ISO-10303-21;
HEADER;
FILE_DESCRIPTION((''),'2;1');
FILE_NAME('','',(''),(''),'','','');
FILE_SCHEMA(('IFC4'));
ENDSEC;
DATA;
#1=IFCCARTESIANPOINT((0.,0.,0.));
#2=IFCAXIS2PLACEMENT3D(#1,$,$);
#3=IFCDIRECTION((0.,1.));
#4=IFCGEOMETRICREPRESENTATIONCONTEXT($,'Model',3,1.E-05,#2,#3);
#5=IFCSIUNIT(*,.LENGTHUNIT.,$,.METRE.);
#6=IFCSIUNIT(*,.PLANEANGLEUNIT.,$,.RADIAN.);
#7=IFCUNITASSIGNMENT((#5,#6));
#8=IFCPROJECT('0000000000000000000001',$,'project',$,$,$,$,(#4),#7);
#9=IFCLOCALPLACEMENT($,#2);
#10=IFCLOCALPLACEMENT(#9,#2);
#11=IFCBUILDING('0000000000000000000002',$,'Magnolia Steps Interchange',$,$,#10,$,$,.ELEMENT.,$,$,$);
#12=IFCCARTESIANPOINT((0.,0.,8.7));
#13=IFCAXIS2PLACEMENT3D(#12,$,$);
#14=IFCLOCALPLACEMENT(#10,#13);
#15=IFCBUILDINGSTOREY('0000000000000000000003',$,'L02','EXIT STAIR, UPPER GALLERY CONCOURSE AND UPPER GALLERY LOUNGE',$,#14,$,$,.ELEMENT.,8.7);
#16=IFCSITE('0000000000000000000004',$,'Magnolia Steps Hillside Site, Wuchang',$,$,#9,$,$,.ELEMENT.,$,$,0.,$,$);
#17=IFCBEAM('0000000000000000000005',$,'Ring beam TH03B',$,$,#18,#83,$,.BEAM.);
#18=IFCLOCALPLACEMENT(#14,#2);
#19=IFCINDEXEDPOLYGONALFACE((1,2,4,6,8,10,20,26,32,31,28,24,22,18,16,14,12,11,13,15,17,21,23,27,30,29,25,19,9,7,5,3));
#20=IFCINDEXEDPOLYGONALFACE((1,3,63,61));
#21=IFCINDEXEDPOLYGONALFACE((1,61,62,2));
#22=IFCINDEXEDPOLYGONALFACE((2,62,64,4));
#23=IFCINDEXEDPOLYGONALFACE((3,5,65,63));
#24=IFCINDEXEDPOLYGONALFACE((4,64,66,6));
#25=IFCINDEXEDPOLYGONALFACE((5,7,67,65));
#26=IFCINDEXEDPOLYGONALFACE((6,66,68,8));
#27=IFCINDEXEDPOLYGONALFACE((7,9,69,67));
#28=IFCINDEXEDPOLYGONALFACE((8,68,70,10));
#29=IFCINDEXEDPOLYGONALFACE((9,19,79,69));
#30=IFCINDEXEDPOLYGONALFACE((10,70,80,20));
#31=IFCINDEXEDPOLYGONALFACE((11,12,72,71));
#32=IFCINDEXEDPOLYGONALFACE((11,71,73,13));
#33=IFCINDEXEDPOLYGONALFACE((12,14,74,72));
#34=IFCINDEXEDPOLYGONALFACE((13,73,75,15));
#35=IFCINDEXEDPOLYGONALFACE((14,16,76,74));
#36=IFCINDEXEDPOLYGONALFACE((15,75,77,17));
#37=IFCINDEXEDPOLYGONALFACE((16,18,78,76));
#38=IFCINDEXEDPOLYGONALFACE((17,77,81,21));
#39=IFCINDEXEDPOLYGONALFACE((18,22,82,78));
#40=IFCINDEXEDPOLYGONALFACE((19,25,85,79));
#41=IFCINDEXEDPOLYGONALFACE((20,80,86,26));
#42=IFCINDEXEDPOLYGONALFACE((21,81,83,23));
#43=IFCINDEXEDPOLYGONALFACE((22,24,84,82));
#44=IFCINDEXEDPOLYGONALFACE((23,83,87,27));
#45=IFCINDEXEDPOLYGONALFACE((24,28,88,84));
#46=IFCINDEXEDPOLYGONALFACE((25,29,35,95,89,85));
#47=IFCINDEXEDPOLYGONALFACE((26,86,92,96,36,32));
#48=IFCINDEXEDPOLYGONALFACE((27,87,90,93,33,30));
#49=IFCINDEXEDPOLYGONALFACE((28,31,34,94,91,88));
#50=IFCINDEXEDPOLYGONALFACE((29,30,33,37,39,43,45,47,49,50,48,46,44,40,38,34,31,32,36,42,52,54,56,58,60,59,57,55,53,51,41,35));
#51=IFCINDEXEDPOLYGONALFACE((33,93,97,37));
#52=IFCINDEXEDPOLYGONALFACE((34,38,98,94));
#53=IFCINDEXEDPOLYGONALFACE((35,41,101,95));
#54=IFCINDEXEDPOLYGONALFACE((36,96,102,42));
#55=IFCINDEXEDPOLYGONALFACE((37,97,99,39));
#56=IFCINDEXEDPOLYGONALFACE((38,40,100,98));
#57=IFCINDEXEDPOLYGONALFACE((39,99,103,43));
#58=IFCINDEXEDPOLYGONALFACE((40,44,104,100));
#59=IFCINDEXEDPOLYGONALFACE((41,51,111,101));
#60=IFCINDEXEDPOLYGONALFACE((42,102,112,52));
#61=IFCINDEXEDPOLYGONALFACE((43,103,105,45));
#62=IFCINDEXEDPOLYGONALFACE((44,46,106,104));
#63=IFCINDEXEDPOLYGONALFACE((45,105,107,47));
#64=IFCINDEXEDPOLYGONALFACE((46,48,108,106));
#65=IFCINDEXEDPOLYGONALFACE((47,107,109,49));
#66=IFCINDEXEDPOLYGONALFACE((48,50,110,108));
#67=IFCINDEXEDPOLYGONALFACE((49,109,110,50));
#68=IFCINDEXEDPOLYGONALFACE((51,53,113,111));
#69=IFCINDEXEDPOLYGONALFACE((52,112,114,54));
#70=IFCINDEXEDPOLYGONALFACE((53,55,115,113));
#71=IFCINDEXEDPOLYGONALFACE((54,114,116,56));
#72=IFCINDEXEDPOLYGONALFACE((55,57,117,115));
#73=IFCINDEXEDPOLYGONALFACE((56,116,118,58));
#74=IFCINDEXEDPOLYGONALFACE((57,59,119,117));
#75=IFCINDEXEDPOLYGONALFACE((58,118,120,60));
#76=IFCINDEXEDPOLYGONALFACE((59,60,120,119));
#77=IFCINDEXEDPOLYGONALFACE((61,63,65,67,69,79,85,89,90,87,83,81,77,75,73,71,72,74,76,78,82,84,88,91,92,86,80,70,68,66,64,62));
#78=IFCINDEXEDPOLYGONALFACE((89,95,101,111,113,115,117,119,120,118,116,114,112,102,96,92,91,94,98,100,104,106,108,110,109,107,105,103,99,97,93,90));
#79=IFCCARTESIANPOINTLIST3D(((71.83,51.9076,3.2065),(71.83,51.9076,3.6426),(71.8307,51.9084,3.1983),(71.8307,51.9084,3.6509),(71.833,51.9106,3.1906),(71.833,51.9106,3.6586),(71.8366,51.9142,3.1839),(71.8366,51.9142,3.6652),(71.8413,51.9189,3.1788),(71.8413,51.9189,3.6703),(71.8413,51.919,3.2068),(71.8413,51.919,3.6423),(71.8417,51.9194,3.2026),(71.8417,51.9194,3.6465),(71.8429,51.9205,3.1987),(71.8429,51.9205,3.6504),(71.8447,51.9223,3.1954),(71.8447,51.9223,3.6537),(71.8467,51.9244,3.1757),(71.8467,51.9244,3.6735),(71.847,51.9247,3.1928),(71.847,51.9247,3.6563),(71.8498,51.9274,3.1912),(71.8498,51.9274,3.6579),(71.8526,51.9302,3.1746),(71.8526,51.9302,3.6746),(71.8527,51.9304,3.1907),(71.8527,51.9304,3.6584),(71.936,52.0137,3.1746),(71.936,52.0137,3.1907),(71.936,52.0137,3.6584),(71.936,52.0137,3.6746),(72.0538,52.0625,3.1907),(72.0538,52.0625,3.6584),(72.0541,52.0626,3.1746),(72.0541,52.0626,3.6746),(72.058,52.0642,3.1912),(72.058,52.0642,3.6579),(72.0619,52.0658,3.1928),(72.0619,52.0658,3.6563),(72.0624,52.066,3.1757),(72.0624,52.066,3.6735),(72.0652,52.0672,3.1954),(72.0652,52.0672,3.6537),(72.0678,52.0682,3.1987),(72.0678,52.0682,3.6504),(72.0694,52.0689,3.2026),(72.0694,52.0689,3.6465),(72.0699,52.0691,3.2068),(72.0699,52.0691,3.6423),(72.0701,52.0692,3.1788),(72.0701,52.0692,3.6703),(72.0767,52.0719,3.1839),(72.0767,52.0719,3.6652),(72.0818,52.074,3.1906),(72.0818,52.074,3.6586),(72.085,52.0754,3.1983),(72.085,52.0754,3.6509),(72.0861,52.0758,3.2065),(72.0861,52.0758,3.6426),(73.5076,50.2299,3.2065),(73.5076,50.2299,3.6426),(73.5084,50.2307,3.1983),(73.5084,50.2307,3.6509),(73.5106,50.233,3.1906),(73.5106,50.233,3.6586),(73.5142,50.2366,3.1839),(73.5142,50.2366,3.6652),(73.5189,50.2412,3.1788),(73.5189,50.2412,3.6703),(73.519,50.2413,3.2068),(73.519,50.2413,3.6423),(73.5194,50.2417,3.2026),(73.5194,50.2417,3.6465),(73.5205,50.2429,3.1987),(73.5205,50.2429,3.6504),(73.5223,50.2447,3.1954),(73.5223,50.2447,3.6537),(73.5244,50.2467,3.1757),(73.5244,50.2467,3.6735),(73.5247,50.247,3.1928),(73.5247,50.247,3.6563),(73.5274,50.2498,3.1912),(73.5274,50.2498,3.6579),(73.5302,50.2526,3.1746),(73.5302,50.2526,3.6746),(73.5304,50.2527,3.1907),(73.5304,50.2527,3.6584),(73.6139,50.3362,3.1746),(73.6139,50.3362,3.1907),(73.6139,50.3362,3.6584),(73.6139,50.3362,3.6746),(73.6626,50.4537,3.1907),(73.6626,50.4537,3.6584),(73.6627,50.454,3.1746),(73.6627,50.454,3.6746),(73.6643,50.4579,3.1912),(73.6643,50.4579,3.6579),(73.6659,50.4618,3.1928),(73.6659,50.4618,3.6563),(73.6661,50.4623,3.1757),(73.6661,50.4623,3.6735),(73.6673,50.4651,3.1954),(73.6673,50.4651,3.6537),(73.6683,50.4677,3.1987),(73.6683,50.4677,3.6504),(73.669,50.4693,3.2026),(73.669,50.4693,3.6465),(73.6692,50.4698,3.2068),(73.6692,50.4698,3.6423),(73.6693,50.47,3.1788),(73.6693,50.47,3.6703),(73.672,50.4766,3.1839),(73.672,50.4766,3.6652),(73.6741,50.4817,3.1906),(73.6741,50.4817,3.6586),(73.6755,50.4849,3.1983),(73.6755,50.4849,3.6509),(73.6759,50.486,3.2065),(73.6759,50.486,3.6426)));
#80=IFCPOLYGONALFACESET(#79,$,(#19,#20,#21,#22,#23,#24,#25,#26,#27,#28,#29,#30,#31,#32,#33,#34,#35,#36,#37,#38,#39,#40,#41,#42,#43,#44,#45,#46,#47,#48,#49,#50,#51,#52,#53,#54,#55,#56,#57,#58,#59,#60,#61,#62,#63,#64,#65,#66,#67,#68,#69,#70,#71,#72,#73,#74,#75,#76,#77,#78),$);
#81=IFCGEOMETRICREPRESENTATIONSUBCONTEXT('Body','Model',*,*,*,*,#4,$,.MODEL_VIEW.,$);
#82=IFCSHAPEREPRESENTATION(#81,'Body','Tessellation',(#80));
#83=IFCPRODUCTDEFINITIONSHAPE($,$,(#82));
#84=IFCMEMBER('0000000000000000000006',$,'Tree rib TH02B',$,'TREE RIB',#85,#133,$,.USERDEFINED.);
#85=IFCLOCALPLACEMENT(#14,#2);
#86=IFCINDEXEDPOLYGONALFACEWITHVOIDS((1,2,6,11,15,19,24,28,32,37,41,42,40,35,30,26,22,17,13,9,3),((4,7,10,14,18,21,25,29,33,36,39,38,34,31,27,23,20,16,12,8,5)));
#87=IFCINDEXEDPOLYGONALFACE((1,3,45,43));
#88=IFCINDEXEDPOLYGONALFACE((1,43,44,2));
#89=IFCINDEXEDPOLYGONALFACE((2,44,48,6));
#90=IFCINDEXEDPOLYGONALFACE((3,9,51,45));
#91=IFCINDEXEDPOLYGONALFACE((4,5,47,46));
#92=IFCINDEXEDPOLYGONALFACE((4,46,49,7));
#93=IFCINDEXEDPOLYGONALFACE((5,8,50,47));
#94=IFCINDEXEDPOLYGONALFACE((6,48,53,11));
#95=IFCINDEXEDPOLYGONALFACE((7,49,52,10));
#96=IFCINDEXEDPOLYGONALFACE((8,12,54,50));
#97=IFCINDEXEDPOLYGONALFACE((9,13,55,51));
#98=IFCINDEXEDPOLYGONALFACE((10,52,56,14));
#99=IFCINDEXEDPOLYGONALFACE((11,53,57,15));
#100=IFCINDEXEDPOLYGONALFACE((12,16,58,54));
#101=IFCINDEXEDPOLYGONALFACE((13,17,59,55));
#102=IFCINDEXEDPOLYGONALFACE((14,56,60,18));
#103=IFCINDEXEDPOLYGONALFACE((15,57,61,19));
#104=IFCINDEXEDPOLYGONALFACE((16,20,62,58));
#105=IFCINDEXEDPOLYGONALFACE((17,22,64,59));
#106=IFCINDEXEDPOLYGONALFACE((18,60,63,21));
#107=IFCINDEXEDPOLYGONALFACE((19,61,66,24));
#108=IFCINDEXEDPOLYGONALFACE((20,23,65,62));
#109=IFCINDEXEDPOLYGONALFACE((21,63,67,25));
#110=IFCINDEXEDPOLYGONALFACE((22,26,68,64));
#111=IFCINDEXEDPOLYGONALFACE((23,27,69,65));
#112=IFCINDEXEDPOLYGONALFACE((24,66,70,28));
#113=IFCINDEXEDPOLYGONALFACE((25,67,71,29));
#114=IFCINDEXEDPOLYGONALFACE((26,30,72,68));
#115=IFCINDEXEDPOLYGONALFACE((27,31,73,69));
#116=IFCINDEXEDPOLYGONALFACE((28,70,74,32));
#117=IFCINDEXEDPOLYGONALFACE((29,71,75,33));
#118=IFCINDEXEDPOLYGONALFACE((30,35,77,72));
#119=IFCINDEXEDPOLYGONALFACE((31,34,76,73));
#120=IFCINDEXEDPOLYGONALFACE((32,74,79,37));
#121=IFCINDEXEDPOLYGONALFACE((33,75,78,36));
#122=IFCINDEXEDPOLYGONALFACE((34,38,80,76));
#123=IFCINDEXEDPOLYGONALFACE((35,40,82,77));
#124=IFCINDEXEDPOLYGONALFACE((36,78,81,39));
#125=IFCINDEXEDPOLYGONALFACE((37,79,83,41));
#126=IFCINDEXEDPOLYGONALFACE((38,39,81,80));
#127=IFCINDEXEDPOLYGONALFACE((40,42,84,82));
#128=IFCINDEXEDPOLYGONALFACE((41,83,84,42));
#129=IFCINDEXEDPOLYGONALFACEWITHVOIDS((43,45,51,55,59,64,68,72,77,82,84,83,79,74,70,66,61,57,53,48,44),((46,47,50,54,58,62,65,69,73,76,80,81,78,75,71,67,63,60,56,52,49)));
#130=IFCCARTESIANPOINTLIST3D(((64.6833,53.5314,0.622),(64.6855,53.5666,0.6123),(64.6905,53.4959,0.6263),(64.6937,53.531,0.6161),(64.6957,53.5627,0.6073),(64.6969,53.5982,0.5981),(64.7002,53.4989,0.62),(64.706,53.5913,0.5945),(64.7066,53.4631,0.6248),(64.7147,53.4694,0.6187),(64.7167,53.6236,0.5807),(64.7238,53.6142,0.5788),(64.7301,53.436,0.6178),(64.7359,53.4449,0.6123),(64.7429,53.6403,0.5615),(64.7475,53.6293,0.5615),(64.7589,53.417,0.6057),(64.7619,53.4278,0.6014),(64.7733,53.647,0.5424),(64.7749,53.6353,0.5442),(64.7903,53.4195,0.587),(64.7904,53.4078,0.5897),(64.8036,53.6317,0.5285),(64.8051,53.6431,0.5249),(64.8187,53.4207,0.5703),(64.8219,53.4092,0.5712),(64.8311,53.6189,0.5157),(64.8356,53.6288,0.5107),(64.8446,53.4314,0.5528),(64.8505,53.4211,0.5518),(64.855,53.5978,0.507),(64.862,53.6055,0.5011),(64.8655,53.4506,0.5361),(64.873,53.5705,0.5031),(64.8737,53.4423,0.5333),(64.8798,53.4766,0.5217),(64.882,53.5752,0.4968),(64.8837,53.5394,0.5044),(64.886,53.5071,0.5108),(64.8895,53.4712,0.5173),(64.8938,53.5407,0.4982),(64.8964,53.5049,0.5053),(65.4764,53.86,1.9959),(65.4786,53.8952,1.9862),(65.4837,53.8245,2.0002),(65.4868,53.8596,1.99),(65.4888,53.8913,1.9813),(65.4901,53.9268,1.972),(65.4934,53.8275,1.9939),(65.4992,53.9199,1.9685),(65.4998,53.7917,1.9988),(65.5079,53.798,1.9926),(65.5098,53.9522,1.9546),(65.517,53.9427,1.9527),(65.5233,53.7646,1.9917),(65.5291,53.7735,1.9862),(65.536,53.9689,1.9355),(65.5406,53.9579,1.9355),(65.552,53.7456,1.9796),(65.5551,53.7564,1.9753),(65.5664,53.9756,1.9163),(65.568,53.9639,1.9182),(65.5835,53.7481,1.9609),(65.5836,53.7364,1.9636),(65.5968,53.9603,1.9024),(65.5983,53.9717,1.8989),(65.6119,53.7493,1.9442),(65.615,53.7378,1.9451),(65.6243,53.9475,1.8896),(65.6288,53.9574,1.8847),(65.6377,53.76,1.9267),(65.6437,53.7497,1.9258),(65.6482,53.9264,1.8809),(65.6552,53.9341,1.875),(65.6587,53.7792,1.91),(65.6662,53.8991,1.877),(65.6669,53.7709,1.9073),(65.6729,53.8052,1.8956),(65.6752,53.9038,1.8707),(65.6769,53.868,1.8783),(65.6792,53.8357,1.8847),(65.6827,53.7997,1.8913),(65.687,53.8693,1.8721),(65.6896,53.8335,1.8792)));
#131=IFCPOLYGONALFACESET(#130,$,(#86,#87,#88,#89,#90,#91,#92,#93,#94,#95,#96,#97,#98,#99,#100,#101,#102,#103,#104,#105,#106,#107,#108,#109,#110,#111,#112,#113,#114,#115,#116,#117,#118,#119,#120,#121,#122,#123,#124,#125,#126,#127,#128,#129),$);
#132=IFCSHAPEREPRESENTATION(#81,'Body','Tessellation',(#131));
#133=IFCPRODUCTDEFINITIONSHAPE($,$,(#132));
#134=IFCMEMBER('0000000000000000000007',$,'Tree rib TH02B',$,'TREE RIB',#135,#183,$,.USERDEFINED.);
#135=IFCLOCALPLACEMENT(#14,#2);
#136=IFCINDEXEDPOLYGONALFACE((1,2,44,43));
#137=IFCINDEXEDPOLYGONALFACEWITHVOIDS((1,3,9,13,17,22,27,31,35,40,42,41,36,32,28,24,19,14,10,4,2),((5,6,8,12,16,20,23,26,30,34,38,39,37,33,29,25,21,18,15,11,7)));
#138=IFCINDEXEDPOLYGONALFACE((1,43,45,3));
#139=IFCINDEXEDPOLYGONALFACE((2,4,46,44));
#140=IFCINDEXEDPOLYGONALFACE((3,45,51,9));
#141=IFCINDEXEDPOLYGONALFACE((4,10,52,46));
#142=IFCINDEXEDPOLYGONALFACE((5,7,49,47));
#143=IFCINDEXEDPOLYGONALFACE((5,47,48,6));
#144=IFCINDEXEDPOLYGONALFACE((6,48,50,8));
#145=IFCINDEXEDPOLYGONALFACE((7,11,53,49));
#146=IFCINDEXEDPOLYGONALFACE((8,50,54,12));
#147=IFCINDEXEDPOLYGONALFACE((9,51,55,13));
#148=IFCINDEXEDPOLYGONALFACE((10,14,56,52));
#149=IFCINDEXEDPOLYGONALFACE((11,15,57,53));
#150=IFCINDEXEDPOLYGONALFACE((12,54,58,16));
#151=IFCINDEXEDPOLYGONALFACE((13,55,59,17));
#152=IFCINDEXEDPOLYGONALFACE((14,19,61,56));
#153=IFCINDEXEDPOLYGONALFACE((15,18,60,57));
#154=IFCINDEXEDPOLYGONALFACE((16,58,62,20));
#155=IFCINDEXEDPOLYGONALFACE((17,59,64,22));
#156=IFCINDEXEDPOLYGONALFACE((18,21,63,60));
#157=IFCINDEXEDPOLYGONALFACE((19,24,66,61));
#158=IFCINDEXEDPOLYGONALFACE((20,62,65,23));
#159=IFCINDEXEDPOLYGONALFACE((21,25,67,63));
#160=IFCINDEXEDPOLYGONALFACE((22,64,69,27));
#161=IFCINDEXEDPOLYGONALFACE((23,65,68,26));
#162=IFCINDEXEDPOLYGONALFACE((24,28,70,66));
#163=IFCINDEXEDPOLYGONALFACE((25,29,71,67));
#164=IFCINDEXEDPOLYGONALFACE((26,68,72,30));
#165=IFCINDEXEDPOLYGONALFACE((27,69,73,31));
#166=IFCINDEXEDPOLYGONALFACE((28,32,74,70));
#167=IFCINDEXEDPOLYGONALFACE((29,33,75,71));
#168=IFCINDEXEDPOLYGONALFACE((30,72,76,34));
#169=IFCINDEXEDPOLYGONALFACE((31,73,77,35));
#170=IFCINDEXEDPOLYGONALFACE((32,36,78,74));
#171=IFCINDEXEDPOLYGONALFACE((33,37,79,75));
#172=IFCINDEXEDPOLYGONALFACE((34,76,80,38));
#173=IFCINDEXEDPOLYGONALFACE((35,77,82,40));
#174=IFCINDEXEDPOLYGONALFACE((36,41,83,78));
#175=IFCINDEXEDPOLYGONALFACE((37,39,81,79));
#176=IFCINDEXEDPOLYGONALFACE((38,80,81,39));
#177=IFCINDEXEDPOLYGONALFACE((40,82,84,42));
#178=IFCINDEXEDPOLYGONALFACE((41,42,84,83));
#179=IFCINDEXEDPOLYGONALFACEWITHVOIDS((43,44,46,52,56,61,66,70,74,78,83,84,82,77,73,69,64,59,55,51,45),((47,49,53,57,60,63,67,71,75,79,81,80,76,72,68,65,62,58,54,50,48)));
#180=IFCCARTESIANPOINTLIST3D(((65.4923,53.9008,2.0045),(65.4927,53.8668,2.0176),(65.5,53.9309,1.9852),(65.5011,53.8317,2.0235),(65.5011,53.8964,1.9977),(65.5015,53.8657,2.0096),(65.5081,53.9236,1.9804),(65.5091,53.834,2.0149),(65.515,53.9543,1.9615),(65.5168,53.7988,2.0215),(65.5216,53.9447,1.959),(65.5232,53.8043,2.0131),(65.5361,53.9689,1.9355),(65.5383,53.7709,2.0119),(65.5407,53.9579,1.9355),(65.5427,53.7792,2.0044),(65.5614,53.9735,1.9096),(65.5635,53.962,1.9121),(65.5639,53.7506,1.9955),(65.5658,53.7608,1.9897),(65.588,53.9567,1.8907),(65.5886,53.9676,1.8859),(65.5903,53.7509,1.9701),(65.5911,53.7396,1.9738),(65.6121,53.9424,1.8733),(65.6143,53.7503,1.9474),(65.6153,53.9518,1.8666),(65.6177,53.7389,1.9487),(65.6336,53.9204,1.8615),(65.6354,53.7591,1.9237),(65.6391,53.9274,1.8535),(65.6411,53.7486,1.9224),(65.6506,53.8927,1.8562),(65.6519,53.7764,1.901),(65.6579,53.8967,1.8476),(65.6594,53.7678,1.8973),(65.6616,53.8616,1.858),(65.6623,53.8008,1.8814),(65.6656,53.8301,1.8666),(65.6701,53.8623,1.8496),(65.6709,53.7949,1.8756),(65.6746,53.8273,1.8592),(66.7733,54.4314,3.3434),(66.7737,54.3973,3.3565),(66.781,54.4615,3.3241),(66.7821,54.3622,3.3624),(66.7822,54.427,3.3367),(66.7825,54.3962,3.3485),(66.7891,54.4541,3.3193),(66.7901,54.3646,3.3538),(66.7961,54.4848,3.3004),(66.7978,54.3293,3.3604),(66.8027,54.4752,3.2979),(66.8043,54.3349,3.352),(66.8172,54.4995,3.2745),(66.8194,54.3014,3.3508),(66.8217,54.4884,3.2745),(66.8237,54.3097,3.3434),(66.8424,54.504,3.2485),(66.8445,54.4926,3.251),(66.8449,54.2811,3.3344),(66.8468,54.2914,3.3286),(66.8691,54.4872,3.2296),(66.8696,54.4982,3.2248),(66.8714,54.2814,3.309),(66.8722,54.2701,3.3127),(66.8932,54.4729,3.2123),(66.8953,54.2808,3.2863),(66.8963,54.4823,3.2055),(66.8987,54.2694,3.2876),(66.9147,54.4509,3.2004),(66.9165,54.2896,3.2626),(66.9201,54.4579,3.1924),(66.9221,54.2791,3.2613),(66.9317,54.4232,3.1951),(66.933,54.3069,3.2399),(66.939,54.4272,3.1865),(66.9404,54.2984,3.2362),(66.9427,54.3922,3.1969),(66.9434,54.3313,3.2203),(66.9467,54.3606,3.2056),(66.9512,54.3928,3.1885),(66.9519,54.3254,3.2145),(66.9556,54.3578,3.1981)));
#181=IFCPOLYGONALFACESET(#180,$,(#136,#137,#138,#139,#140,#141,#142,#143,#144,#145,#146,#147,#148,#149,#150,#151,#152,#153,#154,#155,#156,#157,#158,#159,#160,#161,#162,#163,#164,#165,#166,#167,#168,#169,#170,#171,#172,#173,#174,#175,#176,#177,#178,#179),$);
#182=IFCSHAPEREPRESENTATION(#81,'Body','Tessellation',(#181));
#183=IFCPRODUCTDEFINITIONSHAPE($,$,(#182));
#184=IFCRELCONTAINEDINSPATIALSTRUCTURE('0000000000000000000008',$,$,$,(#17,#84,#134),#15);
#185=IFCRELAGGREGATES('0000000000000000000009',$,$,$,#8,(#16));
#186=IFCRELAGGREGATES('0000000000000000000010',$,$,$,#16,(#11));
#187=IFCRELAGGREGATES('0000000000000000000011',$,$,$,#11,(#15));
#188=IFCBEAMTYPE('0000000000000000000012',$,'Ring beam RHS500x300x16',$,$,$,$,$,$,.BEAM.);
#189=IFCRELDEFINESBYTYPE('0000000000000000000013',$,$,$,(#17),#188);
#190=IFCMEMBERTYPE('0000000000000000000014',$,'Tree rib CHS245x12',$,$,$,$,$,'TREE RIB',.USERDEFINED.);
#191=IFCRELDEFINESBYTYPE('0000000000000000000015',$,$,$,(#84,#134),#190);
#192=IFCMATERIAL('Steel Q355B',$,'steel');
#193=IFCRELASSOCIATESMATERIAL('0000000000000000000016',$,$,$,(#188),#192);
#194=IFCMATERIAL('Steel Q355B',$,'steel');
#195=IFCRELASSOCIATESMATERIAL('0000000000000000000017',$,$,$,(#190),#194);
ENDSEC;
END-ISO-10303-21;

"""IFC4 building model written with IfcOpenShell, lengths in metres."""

from ifc_helpers import new_model, si_unit, direction, frame, origin, origin_2d, place, context, subcontext, project, spatial, hollow_rectangle, hollow_circle, extrude, clip, halfspace, material, material_profile, profile_set, type_object, element, save


model = new_model("IFC4")

# Units and contexts
model_context = context("Model", 3, precision=1e-05, world=origin(), true_north=direction((0.0, 1.0)))
body_context = subcontext(model_context, "Body", "Model", "MODEL_VIEW")
ifc_project = project(units=[si_unit("LENGTHUNIT", "METRE"), si_unit("PLANEANGLEUNIT", "RADIAN")], contexts=[model_context])

# Site, building, storey
site_placement = place(None, origin())
site = spatial("IfcSite", under=ifc_project, at=site_placement, Name="Magnolia Steps Hillside Site, Wuchang", CompositionType="ELEMENT", RefElevation=0.0)
building_placement = place(site_placement, origin())
building = spatial("IfcBuilding", under=site, at=building_placement, Name="Magnolia Steps Interchange", CompositionType="ELEMENT")
storey_placement = place(building_placement, frame((0.0, 0.0, 8.7)))
storey = spatial("IfcBuildingStorey", under=building, at=storey_placement, Name="L02", Description="EXIT STAIR, UPPER GALLERY CONCOURSE AND UPPER GALLERY LOUNGE", CompositionType="ELEMENT", Elevation=8.7)

# Beam
ifc_material_1 = material(Name="Steel Q355B", Category="steel")
ifc_material_profile_1 = material_profile(ifc_material_1, hollow_rectangle(XDim=0.3, YDim=0.5, WallThickness=0.0161, InnerFilletRadius=0.0161, OuterFilletRadius=0.032, at=origin_2d()), Name="RHS500x300x16")
ifc_profile_set_1 = profile_set([ifc_material_profile_1], Name="Steel Q355B")
beam_type = type_object("IfcBeamType", Name="Ring beam RHS500x300x16", PredefinedType="BEAM", material=ifc_profile_set_1)
beam_1_placement = place(storey_placement, frame((71.936, 52.0137, 3.4246), z_axis=(0.707107, -0.707107, 0.0), x_axis=(0.707107, 0.707107, 0.0)))
element("IfcBeam", 1, at=beam_1_placement, inside=storey, type_object=beam_type, Name="Ring beam TH03B", PredefinedType="BEAM", context=body_context, shape_type="Clipping", body=[
    clip(clip(extrude(hollow_rectangle(XDim=0.3, YDim=0.5, WallThickness=0.0161, InnerFilletRadius=0.0161, OuterFilletRadius=0.032, at=origin_2d()), origin(), (0.0, 0.0, 1.0), 2.3726), halfspace(frame((0.0, 0.0, 0.0), z_axis=(0.382683, 0.0, -0.92388), x_axis=(0.92388, 0.0, 0.382683)), False)), halfspace(frame((0.0, 0.0, 2.3727), z_axis=(0.382683, 0.0, 0.92388), x_axis=(0.92388, 0.0, -0.382683)), False)),
])

# Members
ifc_material_2 = material(Name="Steel Q355B", Category="steel")
ifc_material_profile_2 = material_profile(ifc_material_2, hollow_circle(Radius=0.1226, WallThickness=0.012, at=origin_2d()), Name="CHS245x12")
ifc_profile_set_2 = profile_set([ifc_material_profile_2], Name="Steel Q355B")
member_type = type_object("IfcMemberType", Name="Tree rib CHS245x12", ElementType="TREE RIB", PredefinedType="USERDEFINED", material=ifc_profile_set_2)
member_1_placement = place(storey_placement, frame((64.7898, 53.5271, 0.5615), z_axis=(0.489571, 0.20282, 0.848047), x_axis=(-0.382737, 0.923857, 0.0)))
element("IfcMember", 2, at=member_1_placement, inside=storey, type_object=member_type, Name="Tree rib TH02B", ObjectType="TREE RIB", PredefinedType="USERDEFINED", context=body_context, shape_type="SweptSolid", body=[
    extrude(hollow_circle(Radius=0.1226, WallThickness=0.012, at=origin_2d()), origin(), (0.0, 0.0, 1.0), 1.6201),
])
member_2_placement = place(storey_placement, frame((65.583, 53.8557, 1.9355), z_axis=(0.664618, 0.275246, 0.694638), x_axis=(-0.382627, 0.923903, 0.0)))
element("IfcMember", 3, at=member_2_placement, inside=storey, type_object=member_type, Name="Tree rib TH02B", ObjectType="TREE RIB", PredefinedType="USERDEFINED", context=body_context, shape_type="SweptSolid", body=[
    extrude(hollow_circle(Radius=0.1226, WallThickness=0.012, at=origin_2d()), origin(), (0.0, 0.0, 1.0), 1.9275),
])

save(model, "model.ifc")
